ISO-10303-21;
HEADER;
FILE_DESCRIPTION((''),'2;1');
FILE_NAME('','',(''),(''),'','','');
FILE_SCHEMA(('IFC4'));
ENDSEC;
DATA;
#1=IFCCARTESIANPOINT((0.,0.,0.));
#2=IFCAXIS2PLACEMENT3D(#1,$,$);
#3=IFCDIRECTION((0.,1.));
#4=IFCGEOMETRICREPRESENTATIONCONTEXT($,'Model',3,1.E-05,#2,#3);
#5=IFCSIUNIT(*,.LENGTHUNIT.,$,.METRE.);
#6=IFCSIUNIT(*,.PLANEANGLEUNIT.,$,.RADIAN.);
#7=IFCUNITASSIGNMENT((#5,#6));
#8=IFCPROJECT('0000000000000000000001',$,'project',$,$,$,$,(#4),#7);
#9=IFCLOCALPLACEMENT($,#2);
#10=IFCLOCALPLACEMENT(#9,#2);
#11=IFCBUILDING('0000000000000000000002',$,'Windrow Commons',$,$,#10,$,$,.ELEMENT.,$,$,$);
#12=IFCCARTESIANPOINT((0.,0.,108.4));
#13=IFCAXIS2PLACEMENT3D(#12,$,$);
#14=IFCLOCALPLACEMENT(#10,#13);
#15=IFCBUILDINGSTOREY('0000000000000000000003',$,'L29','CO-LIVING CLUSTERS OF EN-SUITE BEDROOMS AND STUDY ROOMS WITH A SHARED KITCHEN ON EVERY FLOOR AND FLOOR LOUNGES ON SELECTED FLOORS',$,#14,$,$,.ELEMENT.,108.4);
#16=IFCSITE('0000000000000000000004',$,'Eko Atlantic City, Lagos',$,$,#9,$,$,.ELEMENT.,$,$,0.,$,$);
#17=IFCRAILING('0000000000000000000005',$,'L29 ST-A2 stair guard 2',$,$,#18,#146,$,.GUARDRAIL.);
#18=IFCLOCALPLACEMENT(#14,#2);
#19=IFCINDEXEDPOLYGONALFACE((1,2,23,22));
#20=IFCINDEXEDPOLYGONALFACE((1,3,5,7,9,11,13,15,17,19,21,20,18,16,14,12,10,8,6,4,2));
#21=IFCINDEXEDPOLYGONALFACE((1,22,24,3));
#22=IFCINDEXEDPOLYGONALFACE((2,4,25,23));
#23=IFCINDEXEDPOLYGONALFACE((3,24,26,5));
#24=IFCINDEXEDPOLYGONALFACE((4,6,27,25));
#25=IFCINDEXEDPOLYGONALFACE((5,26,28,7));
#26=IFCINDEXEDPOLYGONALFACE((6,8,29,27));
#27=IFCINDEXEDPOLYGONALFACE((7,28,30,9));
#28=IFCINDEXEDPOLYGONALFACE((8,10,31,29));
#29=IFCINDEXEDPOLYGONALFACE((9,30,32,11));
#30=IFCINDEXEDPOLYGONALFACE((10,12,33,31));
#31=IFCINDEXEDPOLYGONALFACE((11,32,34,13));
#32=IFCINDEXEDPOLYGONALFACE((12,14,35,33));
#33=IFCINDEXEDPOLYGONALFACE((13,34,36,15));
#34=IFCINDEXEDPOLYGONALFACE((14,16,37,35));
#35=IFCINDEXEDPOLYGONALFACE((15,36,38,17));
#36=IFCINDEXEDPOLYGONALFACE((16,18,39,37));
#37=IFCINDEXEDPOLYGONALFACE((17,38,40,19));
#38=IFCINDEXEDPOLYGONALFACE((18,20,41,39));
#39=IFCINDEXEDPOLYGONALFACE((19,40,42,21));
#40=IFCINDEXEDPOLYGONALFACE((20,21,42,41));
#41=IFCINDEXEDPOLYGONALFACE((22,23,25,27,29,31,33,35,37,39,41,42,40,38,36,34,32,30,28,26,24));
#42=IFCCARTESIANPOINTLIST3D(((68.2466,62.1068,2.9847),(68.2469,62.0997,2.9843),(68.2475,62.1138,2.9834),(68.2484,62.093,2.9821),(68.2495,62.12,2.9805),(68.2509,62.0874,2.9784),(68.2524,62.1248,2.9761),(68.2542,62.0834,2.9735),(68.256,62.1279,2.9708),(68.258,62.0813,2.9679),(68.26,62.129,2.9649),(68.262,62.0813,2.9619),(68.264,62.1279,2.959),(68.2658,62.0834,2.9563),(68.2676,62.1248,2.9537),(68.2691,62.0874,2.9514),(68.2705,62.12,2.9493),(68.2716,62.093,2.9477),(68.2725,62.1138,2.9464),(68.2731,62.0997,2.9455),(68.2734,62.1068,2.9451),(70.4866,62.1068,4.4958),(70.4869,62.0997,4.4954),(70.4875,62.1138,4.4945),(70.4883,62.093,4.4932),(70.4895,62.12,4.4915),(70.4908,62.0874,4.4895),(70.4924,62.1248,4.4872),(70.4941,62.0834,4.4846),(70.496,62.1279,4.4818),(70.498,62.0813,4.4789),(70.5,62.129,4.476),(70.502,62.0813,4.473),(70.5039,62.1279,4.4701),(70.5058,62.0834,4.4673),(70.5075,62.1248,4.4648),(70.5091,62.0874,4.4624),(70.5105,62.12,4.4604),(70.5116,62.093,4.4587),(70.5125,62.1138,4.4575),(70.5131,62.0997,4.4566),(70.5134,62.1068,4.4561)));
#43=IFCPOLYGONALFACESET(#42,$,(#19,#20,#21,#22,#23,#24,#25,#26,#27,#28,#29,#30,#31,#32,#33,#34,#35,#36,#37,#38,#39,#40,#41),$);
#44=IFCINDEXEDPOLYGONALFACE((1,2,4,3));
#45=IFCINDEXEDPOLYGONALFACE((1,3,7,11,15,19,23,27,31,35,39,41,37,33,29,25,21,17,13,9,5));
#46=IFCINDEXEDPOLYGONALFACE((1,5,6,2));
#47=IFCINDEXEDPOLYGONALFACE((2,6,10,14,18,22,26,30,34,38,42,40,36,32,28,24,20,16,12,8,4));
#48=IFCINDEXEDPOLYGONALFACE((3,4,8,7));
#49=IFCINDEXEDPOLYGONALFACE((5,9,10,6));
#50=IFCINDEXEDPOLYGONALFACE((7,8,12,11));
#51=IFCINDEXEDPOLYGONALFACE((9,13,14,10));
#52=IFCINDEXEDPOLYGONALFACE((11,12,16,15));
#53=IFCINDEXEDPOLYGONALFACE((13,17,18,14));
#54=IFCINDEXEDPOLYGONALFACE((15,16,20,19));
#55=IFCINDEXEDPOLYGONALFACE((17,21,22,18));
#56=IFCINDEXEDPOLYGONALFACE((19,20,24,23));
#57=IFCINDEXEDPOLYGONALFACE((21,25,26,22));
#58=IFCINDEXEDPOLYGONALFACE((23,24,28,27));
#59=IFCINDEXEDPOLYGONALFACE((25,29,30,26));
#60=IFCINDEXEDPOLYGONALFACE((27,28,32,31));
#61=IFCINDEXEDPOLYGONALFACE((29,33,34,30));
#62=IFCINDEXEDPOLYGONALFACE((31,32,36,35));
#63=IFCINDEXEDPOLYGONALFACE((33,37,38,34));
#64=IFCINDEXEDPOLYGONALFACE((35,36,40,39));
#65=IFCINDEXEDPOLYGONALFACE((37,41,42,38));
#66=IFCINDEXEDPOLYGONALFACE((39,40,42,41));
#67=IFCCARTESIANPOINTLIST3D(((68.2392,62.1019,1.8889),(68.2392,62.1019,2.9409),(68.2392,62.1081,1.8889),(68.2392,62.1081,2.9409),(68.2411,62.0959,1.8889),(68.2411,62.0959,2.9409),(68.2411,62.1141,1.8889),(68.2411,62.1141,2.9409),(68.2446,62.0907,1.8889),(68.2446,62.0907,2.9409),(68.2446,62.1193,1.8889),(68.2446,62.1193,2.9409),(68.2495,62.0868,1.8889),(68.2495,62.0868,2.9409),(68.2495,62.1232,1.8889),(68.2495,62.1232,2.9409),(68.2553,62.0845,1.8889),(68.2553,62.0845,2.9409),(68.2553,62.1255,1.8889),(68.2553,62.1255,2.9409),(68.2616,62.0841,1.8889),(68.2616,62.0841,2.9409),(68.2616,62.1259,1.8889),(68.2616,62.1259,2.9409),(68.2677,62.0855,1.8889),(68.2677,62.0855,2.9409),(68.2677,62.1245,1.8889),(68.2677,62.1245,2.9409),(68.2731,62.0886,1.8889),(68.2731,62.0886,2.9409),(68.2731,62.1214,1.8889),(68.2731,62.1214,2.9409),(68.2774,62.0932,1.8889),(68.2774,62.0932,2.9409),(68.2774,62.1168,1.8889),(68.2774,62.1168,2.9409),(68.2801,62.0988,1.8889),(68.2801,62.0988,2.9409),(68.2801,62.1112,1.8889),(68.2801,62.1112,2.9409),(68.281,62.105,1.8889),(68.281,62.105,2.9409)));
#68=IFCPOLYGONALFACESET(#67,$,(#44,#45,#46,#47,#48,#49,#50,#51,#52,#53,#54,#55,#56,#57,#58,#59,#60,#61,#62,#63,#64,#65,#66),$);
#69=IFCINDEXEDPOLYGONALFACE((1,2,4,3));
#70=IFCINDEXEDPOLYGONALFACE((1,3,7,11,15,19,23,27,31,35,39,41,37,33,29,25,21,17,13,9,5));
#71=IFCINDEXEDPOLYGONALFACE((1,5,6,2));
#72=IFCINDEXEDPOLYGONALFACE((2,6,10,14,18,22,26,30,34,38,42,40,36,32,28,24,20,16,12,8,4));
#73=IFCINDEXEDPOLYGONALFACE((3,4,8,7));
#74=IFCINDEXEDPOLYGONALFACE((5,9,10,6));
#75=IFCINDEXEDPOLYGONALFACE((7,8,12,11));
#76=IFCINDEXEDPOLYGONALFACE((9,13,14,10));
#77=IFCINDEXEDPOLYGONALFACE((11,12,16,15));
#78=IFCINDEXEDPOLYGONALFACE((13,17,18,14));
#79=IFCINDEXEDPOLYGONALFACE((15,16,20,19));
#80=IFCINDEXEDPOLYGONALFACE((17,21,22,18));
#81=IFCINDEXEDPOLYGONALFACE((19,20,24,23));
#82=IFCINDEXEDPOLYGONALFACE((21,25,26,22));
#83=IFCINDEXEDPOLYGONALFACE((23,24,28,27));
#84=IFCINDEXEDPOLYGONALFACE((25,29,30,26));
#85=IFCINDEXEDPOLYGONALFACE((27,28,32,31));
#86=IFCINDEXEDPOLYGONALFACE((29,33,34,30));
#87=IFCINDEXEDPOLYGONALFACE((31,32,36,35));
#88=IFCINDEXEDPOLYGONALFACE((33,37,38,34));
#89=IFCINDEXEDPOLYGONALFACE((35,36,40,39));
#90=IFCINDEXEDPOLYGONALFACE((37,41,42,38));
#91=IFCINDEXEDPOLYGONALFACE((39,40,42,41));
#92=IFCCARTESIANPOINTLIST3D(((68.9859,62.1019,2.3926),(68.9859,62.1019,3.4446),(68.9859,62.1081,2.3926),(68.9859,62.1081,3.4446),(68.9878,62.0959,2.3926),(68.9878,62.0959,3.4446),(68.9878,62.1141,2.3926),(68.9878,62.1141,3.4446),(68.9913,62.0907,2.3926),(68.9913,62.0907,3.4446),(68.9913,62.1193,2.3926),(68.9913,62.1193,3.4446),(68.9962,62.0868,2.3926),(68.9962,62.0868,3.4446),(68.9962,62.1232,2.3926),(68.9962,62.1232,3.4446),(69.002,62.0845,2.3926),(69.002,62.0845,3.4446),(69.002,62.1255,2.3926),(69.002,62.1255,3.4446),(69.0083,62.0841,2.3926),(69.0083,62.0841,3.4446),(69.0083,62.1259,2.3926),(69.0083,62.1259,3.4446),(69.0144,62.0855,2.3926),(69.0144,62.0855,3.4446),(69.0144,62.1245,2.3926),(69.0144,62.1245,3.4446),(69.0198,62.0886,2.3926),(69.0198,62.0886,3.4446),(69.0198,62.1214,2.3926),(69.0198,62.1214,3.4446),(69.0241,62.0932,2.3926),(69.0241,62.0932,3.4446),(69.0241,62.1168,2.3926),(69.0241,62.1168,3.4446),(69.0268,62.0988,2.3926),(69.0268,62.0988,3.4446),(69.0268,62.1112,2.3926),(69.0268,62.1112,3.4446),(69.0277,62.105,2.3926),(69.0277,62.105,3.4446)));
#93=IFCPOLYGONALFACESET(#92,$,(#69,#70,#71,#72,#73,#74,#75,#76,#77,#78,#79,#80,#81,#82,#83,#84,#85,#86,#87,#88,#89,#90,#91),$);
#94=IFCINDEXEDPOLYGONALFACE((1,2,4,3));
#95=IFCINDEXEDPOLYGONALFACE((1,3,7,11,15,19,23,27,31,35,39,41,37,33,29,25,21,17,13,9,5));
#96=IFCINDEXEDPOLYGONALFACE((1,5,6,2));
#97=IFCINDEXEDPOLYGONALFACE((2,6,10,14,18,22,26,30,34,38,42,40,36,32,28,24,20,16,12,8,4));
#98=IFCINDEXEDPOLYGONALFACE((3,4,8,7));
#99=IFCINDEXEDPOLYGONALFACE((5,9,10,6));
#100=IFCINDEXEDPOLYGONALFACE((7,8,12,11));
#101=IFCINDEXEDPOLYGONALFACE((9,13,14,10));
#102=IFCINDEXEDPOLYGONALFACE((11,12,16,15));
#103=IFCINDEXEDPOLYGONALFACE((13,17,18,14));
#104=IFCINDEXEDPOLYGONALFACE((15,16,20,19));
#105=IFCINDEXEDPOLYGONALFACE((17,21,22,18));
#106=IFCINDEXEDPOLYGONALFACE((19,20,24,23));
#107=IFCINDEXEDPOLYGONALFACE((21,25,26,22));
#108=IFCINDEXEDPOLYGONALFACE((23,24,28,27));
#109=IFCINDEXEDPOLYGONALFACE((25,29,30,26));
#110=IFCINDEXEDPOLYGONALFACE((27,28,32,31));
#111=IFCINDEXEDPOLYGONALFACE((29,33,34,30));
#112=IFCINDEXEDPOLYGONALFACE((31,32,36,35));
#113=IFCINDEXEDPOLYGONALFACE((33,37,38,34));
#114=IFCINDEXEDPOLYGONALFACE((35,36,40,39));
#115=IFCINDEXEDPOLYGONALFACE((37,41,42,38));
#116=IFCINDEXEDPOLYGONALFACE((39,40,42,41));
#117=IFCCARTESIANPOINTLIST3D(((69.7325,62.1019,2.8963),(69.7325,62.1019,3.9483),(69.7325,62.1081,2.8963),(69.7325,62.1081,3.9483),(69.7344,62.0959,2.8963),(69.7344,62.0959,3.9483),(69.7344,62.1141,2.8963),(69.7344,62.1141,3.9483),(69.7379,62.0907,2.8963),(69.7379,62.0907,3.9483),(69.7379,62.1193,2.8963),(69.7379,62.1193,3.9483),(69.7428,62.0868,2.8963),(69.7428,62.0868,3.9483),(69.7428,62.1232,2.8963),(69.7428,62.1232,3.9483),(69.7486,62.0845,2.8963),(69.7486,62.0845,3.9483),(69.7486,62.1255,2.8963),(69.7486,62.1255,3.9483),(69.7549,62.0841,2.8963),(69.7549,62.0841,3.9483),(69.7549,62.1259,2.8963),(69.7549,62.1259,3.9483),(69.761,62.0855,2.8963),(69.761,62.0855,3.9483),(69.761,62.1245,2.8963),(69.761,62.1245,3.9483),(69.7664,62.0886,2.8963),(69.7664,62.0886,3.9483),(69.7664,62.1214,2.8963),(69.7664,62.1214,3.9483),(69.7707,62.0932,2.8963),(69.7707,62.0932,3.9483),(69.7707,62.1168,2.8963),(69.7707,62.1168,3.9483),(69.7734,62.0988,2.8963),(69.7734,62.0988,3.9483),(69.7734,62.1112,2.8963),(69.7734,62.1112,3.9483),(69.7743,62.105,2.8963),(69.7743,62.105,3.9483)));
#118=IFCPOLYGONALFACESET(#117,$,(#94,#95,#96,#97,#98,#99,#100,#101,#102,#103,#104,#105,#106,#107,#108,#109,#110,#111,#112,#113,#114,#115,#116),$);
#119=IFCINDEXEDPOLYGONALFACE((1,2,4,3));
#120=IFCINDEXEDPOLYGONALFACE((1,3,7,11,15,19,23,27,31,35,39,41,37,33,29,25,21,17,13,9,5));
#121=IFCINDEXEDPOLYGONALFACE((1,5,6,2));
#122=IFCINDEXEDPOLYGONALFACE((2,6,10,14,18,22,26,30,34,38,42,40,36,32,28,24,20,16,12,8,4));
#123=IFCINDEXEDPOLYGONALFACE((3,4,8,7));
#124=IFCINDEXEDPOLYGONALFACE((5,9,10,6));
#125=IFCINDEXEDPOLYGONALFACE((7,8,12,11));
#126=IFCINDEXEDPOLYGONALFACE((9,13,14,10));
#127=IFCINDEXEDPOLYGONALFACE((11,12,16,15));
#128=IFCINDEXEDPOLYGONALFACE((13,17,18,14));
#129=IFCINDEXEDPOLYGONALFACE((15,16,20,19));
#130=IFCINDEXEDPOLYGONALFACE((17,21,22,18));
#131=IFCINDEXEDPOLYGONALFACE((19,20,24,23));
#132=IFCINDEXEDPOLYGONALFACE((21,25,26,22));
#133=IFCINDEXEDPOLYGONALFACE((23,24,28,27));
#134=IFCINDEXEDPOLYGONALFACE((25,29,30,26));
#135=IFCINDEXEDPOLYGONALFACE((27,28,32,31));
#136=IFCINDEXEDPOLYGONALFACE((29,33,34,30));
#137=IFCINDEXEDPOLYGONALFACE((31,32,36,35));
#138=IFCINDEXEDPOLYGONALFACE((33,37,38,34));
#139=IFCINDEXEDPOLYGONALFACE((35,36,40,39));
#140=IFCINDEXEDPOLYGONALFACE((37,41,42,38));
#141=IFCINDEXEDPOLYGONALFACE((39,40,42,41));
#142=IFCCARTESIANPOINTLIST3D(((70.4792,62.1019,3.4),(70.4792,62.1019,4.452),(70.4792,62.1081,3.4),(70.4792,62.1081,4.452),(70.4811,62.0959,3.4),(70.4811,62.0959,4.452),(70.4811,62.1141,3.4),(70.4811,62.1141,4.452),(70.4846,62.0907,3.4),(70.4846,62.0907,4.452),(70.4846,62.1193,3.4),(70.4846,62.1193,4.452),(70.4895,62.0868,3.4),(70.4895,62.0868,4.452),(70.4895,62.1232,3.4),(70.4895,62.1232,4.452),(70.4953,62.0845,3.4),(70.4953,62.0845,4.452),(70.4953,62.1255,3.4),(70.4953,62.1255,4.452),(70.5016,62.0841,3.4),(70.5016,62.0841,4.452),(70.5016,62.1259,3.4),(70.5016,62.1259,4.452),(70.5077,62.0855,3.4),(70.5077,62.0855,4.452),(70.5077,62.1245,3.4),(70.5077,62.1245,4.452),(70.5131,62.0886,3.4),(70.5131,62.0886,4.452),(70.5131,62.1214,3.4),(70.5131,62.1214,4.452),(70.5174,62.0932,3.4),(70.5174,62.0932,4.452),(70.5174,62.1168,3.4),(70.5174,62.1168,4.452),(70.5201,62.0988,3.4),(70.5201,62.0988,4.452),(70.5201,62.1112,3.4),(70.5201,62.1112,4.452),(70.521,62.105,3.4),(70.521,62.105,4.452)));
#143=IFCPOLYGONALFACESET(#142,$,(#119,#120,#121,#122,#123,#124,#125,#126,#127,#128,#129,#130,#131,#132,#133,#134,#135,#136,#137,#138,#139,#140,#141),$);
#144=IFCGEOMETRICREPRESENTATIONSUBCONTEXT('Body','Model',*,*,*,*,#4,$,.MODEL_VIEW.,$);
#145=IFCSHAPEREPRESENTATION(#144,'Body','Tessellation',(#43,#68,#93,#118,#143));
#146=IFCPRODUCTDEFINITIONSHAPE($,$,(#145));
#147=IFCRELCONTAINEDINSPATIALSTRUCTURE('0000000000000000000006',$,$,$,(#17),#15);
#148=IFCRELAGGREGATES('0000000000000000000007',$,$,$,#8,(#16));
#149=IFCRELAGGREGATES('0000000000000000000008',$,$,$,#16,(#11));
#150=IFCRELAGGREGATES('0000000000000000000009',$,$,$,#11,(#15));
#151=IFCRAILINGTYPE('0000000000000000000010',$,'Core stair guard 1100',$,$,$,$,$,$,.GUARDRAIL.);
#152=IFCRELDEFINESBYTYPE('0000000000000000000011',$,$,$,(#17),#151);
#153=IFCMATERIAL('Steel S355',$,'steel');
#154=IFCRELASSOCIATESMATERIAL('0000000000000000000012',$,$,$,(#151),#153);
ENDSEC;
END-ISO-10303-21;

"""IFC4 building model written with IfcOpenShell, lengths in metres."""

from ifc_helpers import new_model, si_unit, direction, frame, origin, origin_2d, place, context, subcontext, project, spatial, circle, extrude, material, type_object, element, save


model = new_model("IFC4")

# Units and contexts
model_context = context("Model", 3, precision=1e-05, world=origin(), true_north=direction((0.0, 1.0)))
body_context = subcontext(model_context, "Body", "Model", "MODEL_VIEW")
ifc_project = project(units=[si_unit("LENGTHUNIT", "METRE"), si_unit("PLANEANGLEUNIT", "RADIAN")], contexts=[model_context])

# Site, building, storey
site_placement = place(None, origin())
site = spatial("IfcSite", under=ifc_project, at=site_placement, Name="Eko Atlantic City, Lagos", CompositionType="ELEMENT", RefElevation=0.0)
building_placement = place(site_placement, origin())
building = spatial("IfcBuilding", under=site, at=building_placement, Name="Windrow Commons", CompositionType="ELEMENT")
storey_placement = place(building_placement, frame((0.0, 0.0, 108.4)))
storey = spatial("IfcBuildingStorey", under=building, at=storey_placement, Name="L29", Description="CO-LIVING CLUSTERS OF EN-SUITE BEDROOMS AND STUDY ROOMS WITH A SHARED KITCHEN ON EVERY FLOOR AND FLOOR LOUNGES ON SELECTED FLOORS", CompositionType="ELEMENT", Elevation=108.4)

# Railing
ifc_material_1 = material(Name="Steel S355", Category="steel")
railing_type_1 = type_object("IfcRailingType", Name="Core stair guard 1100", PredefinedType="GUARDRAIL", material=ifc_material_1)
railing_1_placement = place(storey_placement, frame((68.26, 62.105, 1.8889)))
element("IfcRailing", 1, at=railing_1_placement, inside=storey, type_object=railing_type_1, Name="L29 ST-A2 stair guard 2", PredefinedType="GUARDRAIL", context=body_context, shape_type="SweptSolid", body=[
    extrude(circle(Radius=0.024, at=origin_2d()), frame((0.0, 0.0, 1.076), z_axis=(0.829003, 0.0, 0.559244), x_axis=(0.0, 1.0, 0.0)), (0.0, 0.0, 1.0), 2.702),
    extrude(circle(Radius=0.021, at=origin_2d()), origin(), (0.0, 0.0, 1.0), 1.052),
    extrude(circle(Radius=0.021, at=origin_2d()), frame((0.7467, 0.0, 0.5037)), (0.0, 0.0, 1.0), 1.052),
    extrude(circle(Radius=0.021, at=origin_2d()), frame((1.4933, 0.0, 1.0074)), (0.0, 0.0, 1.0), 1.052),
    extrude(circle(Radius=0.021, at=origin_2d()), frame((2.24, 0.0, 1.5111)), (0.0, 0.0, 1.0), 1.052),
])

save(model, "model.ifc")
